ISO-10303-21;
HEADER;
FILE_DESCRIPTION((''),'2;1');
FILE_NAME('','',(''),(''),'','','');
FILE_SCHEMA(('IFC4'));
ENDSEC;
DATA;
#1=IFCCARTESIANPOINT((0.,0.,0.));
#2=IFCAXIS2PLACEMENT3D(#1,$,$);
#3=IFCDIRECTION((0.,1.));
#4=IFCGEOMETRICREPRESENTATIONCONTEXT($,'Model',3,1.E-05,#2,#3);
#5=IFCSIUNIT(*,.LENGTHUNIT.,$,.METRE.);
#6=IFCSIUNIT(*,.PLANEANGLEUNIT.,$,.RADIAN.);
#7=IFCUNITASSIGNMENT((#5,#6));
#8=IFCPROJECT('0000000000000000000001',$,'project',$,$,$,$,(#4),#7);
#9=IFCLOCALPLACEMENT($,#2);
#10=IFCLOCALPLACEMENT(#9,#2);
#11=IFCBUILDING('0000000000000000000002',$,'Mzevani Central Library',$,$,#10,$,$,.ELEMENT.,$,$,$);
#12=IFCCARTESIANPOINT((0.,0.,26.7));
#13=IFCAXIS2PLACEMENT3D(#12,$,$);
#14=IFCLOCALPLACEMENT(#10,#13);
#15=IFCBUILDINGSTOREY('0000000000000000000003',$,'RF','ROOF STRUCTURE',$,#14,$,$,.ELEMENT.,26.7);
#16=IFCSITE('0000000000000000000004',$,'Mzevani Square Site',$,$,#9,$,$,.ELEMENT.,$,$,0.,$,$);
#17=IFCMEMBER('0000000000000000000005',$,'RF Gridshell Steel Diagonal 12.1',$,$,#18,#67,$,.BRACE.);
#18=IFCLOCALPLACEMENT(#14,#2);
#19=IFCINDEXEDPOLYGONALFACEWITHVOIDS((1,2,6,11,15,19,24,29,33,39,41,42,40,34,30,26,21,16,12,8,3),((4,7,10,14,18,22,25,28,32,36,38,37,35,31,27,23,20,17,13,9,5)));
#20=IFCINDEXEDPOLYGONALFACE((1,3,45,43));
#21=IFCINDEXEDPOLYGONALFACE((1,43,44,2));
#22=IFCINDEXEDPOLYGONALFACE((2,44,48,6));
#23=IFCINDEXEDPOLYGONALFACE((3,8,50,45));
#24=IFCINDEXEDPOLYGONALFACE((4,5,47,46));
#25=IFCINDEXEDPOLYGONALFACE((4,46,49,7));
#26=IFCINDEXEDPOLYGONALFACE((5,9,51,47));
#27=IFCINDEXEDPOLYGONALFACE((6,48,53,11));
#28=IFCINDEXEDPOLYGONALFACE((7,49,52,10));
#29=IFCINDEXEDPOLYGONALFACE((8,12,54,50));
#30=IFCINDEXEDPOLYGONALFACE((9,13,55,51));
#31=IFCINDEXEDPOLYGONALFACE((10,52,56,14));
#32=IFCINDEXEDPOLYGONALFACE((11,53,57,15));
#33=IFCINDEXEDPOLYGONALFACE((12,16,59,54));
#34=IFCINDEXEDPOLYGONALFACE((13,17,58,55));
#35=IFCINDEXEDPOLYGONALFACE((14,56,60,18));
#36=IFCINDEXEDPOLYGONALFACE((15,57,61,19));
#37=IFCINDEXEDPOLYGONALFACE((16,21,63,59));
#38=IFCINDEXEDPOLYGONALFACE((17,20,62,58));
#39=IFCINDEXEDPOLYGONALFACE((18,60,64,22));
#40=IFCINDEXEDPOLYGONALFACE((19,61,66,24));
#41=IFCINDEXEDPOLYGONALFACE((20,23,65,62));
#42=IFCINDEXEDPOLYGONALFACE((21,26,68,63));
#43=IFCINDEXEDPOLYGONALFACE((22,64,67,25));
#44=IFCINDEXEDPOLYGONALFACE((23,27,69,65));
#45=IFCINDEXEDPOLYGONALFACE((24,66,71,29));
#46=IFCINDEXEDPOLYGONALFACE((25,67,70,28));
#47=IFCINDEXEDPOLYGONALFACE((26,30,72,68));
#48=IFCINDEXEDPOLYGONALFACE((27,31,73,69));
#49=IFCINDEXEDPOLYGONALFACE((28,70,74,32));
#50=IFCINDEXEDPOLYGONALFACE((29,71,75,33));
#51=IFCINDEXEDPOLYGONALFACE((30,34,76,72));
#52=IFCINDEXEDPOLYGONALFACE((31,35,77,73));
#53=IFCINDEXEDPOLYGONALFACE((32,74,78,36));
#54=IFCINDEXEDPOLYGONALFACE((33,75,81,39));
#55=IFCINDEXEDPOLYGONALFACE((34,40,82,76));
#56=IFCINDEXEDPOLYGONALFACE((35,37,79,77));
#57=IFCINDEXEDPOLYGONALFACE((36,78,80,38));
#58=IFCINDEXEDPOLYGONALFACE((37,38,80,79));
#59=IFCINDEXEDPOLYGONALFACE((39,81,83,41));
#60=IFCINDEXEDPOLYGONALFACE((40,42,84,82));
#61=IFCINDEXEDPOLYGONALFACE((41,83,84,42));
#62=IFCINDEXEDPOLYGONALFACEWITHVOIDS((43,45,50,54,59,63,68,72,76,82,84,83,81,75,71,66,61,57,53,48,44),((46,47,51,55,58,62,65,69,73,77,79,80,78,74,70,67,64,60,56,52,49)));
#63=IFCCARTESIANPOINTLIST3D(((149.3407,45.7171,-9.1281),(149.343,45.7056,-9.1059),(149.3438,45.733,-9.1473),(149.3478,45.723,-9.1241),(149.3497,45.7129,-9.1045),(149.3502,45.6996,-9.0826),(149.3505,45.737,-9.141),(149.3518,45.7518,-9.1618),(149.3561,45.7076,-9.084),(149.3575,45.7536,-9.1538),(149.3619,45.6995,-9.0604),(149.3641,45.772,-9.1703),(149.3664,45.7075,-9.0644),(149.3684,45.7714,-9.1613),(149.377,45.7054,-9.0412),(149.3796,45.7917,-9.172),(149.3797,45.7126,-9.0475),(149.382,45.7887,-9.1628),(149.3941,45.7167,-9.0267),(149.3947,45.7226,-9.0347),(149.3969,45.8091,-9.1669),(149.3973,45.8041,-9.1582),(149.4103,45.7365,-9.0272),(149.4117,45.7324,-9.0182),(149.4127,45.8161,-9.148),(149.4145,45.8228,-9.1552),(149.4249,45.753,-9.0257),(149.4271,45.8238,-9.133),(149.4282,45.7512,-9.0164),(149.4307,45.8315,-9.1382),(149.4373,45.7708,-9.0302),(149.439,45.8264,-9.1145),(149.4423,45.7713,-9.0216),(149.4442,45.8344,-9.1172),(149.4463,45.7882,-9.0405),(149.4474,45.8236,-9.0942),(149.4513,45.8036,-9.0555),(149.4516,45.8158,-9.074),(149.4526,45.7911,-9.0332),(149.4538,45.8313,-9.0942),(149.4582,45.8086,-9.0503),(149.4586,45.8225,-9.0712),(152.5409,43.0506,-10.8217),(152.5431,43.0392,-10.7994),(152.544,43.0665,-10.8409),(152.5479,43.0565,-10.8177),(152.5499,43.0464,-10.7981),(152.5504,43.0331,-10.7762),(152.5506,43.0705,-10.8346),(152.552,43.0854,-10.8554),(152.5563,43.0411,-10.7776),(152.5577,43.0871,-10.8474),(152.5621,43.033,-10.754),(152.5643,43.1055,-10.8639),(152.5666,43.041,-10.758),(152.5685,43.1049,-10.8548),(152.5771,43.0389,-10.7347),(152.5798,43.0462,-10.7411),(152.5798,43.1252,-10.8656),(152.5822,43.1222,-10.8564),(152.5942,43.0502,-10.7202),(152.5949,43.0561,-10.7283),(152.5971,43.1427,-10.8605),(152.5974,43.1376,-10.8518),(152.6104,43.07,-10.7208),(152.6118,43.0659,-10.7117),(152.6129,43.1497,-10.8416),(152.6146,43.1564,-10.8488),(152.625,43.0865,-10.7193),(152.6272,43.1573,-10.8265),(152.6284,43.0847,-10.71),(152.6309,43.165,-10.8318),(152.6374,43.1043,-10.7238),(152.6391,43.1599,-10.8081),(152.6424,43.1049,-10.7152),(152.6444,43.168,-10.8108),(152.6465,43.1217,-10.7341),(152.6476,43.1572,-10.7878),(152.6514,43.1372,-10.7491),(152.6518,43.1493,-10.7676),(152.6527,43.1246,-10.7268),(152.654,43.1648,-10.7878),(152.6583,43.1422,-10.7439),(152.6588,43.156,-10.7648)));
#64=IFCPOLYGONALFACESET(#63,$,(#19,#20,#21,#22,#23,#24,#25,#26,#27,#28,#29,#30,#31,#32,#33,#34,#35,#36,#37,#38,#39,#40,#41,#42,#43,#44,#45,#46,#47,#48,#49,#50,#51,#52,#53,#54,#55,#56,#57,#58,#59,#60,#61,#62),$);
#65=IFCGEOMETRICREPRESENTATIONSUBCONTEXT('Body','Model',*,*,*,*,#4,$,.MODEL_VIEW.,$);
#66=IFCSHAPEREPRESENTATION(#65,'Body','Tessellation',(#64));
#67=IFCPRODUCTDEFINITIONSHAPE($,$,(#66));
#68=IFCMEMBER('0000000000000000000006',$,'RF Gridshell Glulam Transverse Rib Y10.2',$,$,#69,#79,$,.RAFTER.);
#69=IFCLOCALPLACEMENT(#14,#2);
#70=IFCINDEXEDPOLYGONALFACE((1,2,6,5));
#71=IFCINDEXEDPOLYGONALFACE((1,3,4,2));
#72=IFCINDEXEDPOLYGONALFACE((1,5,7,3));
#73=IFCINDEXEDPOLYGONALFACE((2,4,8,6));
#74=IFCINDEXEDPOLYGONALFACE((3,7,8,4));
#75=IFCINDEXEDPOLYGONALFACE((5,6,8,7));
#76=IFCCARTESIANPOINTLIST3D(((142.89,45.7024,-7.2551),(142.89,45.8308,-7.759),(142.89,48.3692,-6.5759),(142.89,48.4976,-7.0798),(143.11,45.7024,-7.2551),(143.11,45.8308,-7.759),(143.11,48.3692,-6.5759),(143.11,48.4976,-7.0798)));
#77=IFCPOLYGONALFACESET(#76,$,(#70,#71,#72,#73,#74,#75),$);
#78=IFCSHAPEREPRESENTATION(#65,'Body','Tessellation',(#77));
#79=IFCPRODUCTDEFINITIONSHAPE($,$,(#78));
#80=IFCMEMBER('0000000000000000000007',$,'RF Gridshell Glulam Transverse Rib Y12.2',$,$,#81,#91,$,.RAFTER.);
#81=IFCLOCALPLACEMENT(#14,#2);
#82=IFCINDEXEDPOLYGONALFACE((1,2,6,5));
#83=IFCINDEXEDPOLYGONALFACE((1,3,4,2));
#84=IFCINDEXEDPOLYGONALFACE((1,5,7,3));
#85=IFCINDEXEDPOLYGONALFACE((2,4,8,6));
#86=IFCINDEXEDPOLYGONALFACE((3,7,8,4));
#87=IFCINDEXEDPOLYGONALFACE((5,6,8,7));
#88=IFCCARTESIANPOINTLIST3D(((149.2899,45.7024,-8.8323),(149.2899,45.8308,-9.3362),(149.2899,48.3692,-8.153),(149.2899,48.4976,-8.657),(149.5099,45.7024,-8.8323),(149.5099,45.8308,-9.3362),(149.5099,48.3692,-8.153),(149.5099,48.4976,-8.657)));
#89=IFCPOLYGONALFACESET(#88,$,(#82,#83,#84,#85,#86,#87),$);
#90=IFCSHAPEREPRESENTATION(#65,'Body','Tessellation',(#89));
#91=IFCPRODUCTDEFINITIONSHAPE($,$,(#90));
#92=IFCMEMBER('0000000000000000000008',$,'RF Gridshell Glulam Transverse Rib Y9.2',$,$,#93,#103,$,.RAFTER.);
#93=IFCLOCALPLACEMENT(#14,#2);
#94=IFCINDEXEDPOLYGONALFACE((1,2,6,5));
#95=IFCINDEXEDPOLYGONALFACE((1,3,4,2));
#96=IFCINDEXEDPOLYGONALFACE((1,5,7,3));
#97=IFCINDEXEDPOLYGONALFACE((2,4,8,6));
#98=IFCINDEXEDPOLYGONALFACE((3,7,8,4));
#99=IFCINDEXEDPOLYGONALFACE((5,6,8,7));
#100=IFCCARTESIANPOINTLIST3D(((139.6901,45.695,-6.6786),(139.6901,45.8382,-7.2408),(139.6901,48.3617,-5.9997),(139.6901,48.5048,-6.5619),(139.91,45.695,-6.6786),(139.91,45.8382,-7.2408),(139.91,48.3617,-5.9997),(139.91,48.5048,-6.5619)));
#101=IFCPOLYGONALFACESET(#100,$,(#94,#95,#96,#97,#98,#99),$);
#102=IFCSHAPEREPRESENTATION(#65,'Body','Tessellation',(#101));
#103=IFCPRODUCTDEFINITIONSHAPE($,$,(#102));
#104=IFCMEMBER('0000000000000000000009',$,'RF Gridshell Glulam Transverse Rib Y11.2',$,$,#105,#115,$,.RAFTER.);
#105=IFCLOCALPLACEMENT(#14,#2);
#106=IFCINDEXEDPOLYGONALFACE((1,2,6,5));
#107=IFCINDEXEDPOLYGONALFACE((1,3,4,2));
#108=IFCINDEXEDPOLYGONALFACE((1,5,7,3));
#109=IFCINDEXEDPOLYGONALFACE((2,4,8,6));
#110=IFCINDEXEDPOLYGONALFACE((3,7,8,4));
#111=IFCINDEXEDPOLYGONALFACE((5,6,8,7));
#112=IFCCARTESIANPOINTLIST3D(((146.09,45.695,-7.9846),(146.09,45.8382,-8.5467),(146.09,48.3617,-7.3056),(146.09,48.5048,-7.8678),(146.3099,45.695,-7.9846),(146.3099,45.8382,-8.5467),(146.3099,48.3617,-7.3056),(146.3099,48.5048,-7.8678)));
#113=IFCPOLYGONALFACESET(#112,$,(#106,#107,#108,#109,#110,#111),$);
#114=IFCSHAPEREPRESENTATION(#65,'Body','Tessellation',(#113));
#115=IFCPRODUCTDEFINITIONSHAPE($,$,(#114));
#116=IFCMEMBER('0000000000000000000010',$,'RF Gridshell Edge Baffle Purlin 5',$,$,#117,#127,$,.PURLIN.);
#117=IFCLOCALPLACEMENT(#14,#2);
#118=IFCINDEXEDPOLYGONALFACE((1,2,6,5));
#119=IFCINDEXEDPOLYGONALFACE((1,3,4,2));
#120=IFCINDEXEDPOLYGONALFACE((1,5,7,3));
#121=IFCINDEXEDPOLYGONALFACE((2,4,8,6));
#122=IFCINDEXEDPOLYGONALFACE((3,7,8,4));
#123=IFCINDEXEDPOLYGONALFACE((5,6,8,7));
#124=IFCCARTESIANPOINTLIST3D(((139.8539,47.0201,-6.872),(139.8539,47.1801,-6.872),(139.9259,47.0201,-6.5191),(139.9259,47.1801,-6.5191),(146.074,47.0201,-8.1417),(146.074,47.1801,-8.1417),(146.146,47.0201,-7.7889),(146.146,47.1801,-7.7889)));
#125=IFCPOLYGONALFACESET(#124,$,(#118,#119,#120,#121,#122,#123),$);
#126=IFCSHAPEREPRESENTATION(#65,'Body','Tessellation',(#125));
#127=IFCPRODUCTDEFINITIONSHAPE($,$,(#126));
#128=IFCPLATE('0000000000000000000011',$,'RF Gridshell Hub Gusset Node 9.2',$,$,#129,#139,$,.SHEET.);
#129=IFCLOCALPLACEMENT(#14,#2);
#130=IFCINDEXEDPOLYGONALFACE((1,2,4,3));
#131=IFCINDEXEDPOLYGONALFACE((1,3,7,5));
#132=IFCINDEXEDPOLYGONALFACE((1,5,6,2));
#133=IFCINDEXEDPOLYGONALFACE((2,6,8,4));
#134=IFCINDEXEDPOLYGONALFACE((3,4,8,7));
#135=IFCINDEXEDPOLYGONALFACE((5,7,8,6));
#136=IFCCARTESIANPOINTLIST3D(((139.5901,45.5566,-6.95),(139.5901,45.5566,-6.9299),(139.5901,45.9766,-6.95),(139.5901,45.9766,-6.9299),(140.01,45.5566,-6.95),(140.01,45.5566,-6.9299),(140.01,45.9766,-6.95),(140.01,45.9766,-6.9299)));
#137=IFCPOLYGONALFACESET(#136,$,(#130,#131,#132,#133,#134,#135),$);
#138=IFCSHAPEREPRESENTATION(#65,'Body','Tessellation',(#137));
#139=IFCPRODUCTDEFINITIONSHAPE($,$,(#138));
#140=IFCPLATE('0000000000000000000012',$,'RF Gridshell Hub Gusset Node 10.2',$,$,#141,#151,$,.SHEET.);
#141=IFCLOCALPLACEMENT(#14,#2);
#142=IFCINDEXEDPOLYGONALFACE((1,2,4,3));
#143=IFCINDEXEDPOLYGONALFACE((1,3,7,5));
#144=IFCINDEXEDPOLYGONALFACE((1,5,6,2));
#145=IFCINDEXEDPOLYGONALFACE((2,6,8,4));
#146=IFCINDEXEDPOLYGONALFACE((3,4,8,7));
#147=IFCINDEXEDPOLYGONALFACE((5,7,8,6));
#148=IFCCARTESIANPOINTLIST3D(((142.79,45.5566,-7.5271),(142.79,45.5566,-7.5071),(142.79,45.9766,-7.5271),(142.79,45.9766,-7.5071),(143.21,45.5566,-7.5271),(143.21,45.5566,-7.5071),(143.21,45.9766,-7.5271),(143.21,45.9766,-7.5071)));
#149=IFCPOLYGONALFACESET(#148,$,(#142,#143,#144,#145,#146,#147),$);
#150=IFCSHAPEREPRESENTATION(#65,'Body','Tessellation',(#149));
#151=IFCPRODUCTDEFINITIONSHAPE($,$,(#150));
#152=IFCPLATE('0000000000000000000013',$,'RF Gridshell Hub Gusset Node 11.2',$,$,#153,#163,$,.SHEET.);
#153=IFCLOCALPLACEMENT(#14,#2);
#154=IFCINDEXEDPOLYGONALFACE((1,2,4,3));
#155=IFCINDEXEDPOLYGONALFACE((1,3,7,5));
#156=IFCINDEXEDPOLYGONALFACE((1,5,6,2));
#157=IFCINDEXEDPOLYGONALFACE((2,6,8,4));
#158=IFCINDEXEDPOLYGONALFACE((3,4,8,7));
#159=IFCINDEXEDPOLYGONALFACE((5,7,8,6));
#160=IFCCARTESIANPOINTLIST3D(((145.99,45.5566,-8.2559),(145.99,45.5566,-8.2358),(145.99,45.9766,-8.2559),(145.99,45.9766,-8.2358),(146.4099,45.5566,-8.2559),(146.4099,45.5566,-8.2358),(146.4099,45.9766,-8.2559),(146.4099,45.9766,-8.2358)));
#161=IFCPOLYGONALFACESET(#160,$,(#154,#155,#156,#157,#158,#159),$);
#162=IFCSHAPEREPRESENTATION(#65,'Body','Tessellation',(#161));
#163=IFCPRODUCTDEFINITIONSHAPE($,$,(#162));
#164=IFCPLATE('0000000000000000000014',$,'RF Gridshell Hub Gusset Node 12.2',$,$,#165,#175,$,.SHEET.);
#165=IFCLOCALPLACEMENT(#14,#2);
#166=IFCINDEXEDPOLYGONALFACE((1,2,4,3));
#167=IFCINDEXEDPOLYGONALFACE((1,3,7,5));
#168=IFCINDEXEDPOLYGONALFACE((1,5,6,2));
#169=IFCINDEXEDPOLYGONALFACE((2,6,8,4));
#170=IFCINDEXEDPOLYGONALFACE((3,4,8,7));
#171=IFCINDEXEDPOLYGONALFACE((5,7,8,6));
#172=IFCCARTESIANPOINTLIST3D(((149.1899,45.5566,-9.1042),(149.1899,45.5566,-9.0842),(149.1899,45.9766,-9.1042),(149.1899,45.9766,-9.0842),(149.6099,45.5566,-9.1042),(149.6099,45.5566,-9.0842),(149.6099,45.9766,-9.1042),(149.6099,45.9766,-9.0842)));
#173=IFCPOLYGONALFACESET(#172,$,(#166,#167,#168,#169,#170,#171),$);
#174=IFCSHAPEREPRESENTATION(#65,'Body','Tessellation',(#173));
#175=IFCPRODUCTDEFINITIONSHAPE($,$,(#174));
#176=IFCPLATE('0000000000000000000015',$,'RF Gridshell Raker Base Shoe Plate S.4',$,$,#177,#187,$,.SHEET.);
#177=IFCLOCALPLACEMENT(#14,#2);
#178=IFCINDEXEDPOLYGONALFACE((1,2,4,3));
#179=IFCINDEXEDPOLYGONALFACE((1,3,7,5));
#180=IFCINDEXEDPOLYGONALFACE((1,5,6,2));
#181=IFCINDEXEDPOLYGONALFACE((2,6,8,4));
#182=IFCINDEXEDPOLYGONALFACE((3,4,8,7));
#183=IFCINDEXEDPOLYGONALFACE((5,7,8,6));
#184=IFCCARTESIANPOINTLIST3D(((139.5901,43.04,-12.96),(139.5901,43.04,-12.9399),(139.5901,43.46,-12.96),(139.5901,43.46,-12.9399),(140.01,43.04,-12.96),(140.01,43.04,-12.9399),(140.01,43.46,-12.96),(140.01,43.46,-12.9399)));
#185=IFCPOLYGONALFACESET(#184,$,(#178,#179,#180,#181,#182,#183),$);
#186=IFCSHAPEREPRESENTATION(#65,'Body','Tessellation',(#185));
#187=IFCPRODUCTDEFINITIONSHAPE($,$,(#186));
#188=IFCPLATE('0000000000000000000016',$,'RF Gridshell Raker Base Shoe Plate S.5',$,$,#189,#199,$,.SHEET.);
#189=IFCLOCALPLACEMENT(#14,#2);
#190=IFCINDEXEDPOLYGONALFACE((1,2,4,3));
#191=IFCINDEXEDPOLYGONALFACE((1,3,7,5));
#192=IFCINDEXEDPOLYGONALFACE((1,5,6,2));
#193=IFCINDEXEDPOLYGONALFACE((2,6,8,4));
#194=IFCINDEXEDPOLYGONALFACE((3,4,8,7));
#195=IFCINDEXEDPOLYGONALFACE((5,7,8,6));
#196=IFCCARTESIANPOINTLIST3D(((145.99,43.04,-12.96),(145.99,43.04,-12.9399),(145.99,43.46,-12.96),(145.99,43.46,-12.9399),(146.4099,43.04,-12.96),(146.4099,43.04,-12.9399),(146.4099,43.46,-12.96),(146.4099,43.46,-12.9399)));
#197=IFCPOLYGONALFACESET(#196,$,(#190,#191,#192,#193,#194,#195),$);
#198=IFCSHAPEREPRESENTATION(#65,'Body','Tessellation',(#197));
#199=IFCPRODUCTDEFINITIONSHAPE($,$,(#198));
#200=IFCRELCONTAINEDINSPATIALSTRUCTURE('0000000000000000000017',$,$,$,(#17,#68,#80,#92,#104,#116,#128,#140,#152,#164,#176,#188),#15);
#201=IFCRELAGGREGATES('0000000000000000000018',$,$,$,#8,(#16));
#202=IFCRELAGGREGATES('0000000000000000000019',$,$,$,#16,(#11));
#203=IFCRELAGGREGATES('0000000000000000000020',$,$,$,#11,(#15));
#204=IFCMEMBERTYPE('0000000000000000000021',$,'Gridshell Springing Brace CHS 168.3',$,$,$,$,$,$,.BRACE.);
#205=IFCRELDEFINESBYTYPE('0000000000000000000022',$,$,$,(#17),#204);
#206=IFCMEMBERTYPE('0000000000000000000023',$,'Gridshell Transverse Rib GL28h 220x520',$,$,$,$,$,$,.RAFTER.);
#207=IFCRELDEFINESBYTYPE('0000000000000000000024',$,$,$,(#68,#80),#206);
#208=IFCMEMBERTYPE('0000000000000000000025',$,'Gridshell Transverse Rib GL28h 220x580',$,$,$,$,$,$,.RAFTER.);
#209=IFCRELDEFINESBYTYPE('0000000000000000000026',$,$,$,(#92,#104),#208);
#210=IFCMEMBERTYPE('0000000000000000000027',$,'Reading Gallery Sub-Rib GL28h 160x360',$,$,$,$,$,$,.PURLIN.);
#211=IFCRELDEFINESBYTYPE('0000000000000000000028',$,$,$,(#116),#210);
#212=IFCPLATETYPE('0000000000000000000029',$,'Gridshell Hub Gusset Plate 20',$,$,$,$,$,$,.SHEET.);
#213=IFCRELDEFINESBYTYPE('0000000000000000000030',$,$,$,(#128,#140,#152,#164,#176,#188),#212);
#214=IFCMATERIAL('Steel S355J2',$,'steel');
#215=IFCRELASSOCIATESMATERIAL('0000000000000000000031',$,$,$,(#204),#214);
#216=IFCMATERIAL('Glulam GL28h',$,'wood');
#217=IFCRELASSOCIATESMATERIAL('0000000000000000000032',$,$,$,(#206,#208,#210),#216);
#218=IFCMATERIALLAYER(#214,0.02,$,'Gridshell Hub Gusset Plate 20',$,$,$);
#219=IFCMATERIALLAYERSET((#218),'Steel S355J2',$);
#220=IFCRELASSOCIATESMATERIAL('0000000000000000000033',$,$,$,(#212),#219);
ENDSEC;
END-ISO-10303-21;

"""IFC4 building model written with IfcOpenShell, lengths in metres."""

from ifc_helpers import new_model, si_unit, direction, frame, origin, origin_2d, place, context, subcontext, project, spatial, rectangle, hollow_circle, extrude, material, layer, layer_set, material_profile, profile_set, type_object, element, save


model = new_model("IFC4")

# Units and contexts
model_context = context("Model", 3, precision=1e-05, world=origin(), true_north=direction((0.0, 1.0)))
body_context = subcontext(model_context, "Body", "Model", "MODEL_VIEW")
ifc_project = project(units=[si_unit("LENGTHUNIT", "METRE"), si_unit("PLANEANGLEUNIT", "RADIAN")], contexts=[model_context])

# Site, building, storey
site_placement = place(None, origin())
site = spatial("IfcSite", under=ifc_project, at=site_placement, Name="Mzevani Square Site", CompositionType="ELEMENT", RefElevation=0.0)
building_placement = place(site_placement, origin())
building = spatial("IfcBuilding", under=site, at=building_placement, Name="Mzevani Central Library", CompositionType="ELEMENT")
storey_placement = place(building_placement, frame((0.0, 0.0, 26.7)))
storey = spatial("IfcBuildingStorey", under=building, at=storey_placement, Name="RF", Description="ROOF STRUCTURE", CompositionType="ELEMENT", Elevation=26.7)

# Members
ifc_material_1 = material(Name="Glulam GL28h", Category="wood")
ifc_material_2 = material(Name="Steel S355J2", Category="steel")
ifc_material_profile_1 = material_profile(ifc_material_2, hollow_circle(Radius=0.0842, WallThickness=0.01, at=origin_2d()), Name="CHS 168.3x10.0")
ifc_profile_set_1 = profile_set([ifc_material_profile_1], Name="Steel S355J2")
member_type_1 = type_object("IfcMemberType", Name="Gridshell Springing Brace CHS 168.3", PredefinedType="BRACE", material=ifc_profile_set_1)
member_1_placement = place(storey_placement, frame((149.3999, 45.7666, -9.0942), z_axis=(0.711686, -0.592999, -0.376637), x_axis=(0.640138, 0.76826, 0.0)))
element("IfcMember", 1, at=member_1_placement, inside=storey, type_object=member_type_1, Name="RF Gridshell Steel Diagonal 12.1", PredefinedType="BRACE", context=body_context, shape_type="SweptSolid", body=[
    extrude(hollow_circle(Radius=0.0842, WallThickness=0.01, at=origin_2d()), origin(), (0.0, 0.0, 1.0), 4.4966),
])
ifc_material_profile_2 = material_profile(ifc_material_1, rectangle(XDim=0.22, YDim=0.52, at=origin_2d()), Name="GL28h 220x520")
ifc_profile_set_2 = profile_set([ifc_material_profile_2], Name="Glulam GL28h")
member_type_2 = type_object("IfcMemberType", Name="Gridshell Transverse Rib GL28h 220x520", PredefinedType="RAFTER", material=ifc_profile_set_2)
for number, where, z_axis, x_axis, name in (
    (2, (143.0, 45.7666, -7.5071), (0.0, 0.969063, 0.246813), (-1.0, 0.0, 0.0), "RF Gridshell Glulam Transverse Rib Y10.2"),
    (3, (149.3999, 45.7666, -9.0842), (0.0, 0.969063, 0.246813), (-1.0, 0.0, 0.0), "RF Gridshell Glulam Transverse Rib Y12.2"),
):
    element("IfcMember", number, at=place(storey_placement, frame(where, z_axis=z_axis, x_axis=x_axis)), inside=storey, type_object=member_type_2, Name=name, PredefinedType="RAFTER", context=body_context, shape_type="SweptSolid", body=[
        extrude(rectangle(XDim=0.22, YDim=0.52, at=origin_2d()), origin(), (0.0, 0.0, 1.0), 2.752),
    ])
ifc_material_profile_3 = material_profile(ifc_material_1, rectangle(XDim=0.22, YDim=0.5801, at=origin_2d()), Name="GL28h 220x580")
ifc_profile_set_3 = profile_set([ifc_material_profile_3], Name="Glulam GL28h")
member_type_3 = type_object("IfcMemberType", Name="Gridshell Transverse Rib GL28h 220x580", PredefinedType="RAFTER", material=ifc_profile_set_3)
for number, where, z_axis, x_axis, name in (
    (4, (139.8, 45.7666, -6.9597), (0.0, 0.969084, 0.246729), (-1.0, 0.0, 0.0), "RF Gridshell Glulam Transverse Rib Y9.2"),
    (5, (146.2, 45.7666, -8.2656), (0.0, 0.969084, 0.246729), (-1.0, 0.0, 0.0), "RF Gridshell Glulam Transverse Rib Y11.2"),
):
    element("IfcMember", number, at=place(storey_placement, frame(where, z_axis=z_axis, x_axis=x_axis)), inside=storey, type_object=member_type_3, Name=name, PredefinedType="RAFTER", context=body_context, shape_type="SweptSolid", body=[
        extrude(rectangle(XDim=0.22, YDim=0.5801, at=origin_2d()), origin(), (0.0, 0.0, 1.0), 2.7517),
    ])
ifc_material_profile_4 = material_profile(ifc_material_1, rectangle(XDim=0.1599, YDim=0.3601, at=origin_2d()), Name="GL28h 160x360")
ifc_profile_set_4 = profile_set([ifc_material_profile_4], Name="Glulam GL28h")
member_type_4 = type_object("IfcMemberType", Name="Reading Gallery Sub-Rib GL28h 160x360", PredefinedType="PURLIN", material=ifc_profile_set_4)
member_2_placement = place(storey_placement, frame((139.8899, 47.1001, -6.6956), z_axis=(0.979793, 0.0, -0.200012), x_axis=(0.0, 1.0, 0.0)))
element("IfcMember", 6, at=member_2_placement, inside=storey, type_object=member_type_4, Name="RF Gridshell Edge Baffle Purlin 5", PredefinedType="PURLIN", context=body_context, shape_type="SweptSolid", body=[
    extrude(rectangle(XDim=0.1599, YDim=0.3601, at=origin_2d()), origin(), (0.0, 0.0, 1.0), 6.3484),
])

# Plates
ifc_layer_1 = layer(ifc_material_2, 0.02, Name="Gridshell Hub Gusset Plate 20")
ifc_layer_set_1 = layer_set([ifc_layer_1], Name="Steel S355J2")
plate_type = type_object("IfcPlateType", Name="Gridshell Hub Gusset Plate 20", PredefinedType="SHEET", material=ifc_layer_set_1)
for number, where, z_axis, x_axis, name in (
    (7, (139.8, 45.7666, -6.95), (0.0, 0.0, 1.0), (1.0, 0.0, 0.0), "RF Gridshell Hub Gusset Node 9.2"),
    (8, (143.0, 45.7666, -7.5271), (0.0, 0.0, 1.0), (1.0, 0.0, 0.0), "RF Gridshell Hub Gusset Node 10.2"),
    (9, (146.2, 45.7666, -8.2559), (0.0, 0.0, 1.0), (1.0, 0.0, 0.0), "RF Gridshell Hub Gusset Node 11.2"),
    (10, (149.3999, 45.7666, -9.1042), (0.0, 0.0, 1.0), (1.0, 0.0, 0.0), "RF Gridshell Hub Gusset Node 12.2"),
    (11, (139.8, 43.25, -12.96), (0.0, 0.0, 1.0), (1.0, 0.0, 0.0), "RF Gridshell Raker Base Shoe Plate S.4"),
    (12, (146.2, 43.25, -12.96), (0.0, 0.0, 1.0), (1.0, 0.0, 0.0), "RF Gridshell Raker Base Shoe Plate S.5"),
):
    element("IfcPlate", number, at=place(storey_placement, frame(where, z_axis=z_axis, x_axis=x_axis)), inside=storey, type_object=plate_type, Name=name, PredefinedType="SHEET", context=body_context, shape_type="SweptSolid", body=[
        extrude(rectangle(XDim=0.4199, YDim=0.4199, at=origin_2d()), origin(), (0.0, 0.0, 1.0), 0.02),
    ])

save(model, "model.ifc")
